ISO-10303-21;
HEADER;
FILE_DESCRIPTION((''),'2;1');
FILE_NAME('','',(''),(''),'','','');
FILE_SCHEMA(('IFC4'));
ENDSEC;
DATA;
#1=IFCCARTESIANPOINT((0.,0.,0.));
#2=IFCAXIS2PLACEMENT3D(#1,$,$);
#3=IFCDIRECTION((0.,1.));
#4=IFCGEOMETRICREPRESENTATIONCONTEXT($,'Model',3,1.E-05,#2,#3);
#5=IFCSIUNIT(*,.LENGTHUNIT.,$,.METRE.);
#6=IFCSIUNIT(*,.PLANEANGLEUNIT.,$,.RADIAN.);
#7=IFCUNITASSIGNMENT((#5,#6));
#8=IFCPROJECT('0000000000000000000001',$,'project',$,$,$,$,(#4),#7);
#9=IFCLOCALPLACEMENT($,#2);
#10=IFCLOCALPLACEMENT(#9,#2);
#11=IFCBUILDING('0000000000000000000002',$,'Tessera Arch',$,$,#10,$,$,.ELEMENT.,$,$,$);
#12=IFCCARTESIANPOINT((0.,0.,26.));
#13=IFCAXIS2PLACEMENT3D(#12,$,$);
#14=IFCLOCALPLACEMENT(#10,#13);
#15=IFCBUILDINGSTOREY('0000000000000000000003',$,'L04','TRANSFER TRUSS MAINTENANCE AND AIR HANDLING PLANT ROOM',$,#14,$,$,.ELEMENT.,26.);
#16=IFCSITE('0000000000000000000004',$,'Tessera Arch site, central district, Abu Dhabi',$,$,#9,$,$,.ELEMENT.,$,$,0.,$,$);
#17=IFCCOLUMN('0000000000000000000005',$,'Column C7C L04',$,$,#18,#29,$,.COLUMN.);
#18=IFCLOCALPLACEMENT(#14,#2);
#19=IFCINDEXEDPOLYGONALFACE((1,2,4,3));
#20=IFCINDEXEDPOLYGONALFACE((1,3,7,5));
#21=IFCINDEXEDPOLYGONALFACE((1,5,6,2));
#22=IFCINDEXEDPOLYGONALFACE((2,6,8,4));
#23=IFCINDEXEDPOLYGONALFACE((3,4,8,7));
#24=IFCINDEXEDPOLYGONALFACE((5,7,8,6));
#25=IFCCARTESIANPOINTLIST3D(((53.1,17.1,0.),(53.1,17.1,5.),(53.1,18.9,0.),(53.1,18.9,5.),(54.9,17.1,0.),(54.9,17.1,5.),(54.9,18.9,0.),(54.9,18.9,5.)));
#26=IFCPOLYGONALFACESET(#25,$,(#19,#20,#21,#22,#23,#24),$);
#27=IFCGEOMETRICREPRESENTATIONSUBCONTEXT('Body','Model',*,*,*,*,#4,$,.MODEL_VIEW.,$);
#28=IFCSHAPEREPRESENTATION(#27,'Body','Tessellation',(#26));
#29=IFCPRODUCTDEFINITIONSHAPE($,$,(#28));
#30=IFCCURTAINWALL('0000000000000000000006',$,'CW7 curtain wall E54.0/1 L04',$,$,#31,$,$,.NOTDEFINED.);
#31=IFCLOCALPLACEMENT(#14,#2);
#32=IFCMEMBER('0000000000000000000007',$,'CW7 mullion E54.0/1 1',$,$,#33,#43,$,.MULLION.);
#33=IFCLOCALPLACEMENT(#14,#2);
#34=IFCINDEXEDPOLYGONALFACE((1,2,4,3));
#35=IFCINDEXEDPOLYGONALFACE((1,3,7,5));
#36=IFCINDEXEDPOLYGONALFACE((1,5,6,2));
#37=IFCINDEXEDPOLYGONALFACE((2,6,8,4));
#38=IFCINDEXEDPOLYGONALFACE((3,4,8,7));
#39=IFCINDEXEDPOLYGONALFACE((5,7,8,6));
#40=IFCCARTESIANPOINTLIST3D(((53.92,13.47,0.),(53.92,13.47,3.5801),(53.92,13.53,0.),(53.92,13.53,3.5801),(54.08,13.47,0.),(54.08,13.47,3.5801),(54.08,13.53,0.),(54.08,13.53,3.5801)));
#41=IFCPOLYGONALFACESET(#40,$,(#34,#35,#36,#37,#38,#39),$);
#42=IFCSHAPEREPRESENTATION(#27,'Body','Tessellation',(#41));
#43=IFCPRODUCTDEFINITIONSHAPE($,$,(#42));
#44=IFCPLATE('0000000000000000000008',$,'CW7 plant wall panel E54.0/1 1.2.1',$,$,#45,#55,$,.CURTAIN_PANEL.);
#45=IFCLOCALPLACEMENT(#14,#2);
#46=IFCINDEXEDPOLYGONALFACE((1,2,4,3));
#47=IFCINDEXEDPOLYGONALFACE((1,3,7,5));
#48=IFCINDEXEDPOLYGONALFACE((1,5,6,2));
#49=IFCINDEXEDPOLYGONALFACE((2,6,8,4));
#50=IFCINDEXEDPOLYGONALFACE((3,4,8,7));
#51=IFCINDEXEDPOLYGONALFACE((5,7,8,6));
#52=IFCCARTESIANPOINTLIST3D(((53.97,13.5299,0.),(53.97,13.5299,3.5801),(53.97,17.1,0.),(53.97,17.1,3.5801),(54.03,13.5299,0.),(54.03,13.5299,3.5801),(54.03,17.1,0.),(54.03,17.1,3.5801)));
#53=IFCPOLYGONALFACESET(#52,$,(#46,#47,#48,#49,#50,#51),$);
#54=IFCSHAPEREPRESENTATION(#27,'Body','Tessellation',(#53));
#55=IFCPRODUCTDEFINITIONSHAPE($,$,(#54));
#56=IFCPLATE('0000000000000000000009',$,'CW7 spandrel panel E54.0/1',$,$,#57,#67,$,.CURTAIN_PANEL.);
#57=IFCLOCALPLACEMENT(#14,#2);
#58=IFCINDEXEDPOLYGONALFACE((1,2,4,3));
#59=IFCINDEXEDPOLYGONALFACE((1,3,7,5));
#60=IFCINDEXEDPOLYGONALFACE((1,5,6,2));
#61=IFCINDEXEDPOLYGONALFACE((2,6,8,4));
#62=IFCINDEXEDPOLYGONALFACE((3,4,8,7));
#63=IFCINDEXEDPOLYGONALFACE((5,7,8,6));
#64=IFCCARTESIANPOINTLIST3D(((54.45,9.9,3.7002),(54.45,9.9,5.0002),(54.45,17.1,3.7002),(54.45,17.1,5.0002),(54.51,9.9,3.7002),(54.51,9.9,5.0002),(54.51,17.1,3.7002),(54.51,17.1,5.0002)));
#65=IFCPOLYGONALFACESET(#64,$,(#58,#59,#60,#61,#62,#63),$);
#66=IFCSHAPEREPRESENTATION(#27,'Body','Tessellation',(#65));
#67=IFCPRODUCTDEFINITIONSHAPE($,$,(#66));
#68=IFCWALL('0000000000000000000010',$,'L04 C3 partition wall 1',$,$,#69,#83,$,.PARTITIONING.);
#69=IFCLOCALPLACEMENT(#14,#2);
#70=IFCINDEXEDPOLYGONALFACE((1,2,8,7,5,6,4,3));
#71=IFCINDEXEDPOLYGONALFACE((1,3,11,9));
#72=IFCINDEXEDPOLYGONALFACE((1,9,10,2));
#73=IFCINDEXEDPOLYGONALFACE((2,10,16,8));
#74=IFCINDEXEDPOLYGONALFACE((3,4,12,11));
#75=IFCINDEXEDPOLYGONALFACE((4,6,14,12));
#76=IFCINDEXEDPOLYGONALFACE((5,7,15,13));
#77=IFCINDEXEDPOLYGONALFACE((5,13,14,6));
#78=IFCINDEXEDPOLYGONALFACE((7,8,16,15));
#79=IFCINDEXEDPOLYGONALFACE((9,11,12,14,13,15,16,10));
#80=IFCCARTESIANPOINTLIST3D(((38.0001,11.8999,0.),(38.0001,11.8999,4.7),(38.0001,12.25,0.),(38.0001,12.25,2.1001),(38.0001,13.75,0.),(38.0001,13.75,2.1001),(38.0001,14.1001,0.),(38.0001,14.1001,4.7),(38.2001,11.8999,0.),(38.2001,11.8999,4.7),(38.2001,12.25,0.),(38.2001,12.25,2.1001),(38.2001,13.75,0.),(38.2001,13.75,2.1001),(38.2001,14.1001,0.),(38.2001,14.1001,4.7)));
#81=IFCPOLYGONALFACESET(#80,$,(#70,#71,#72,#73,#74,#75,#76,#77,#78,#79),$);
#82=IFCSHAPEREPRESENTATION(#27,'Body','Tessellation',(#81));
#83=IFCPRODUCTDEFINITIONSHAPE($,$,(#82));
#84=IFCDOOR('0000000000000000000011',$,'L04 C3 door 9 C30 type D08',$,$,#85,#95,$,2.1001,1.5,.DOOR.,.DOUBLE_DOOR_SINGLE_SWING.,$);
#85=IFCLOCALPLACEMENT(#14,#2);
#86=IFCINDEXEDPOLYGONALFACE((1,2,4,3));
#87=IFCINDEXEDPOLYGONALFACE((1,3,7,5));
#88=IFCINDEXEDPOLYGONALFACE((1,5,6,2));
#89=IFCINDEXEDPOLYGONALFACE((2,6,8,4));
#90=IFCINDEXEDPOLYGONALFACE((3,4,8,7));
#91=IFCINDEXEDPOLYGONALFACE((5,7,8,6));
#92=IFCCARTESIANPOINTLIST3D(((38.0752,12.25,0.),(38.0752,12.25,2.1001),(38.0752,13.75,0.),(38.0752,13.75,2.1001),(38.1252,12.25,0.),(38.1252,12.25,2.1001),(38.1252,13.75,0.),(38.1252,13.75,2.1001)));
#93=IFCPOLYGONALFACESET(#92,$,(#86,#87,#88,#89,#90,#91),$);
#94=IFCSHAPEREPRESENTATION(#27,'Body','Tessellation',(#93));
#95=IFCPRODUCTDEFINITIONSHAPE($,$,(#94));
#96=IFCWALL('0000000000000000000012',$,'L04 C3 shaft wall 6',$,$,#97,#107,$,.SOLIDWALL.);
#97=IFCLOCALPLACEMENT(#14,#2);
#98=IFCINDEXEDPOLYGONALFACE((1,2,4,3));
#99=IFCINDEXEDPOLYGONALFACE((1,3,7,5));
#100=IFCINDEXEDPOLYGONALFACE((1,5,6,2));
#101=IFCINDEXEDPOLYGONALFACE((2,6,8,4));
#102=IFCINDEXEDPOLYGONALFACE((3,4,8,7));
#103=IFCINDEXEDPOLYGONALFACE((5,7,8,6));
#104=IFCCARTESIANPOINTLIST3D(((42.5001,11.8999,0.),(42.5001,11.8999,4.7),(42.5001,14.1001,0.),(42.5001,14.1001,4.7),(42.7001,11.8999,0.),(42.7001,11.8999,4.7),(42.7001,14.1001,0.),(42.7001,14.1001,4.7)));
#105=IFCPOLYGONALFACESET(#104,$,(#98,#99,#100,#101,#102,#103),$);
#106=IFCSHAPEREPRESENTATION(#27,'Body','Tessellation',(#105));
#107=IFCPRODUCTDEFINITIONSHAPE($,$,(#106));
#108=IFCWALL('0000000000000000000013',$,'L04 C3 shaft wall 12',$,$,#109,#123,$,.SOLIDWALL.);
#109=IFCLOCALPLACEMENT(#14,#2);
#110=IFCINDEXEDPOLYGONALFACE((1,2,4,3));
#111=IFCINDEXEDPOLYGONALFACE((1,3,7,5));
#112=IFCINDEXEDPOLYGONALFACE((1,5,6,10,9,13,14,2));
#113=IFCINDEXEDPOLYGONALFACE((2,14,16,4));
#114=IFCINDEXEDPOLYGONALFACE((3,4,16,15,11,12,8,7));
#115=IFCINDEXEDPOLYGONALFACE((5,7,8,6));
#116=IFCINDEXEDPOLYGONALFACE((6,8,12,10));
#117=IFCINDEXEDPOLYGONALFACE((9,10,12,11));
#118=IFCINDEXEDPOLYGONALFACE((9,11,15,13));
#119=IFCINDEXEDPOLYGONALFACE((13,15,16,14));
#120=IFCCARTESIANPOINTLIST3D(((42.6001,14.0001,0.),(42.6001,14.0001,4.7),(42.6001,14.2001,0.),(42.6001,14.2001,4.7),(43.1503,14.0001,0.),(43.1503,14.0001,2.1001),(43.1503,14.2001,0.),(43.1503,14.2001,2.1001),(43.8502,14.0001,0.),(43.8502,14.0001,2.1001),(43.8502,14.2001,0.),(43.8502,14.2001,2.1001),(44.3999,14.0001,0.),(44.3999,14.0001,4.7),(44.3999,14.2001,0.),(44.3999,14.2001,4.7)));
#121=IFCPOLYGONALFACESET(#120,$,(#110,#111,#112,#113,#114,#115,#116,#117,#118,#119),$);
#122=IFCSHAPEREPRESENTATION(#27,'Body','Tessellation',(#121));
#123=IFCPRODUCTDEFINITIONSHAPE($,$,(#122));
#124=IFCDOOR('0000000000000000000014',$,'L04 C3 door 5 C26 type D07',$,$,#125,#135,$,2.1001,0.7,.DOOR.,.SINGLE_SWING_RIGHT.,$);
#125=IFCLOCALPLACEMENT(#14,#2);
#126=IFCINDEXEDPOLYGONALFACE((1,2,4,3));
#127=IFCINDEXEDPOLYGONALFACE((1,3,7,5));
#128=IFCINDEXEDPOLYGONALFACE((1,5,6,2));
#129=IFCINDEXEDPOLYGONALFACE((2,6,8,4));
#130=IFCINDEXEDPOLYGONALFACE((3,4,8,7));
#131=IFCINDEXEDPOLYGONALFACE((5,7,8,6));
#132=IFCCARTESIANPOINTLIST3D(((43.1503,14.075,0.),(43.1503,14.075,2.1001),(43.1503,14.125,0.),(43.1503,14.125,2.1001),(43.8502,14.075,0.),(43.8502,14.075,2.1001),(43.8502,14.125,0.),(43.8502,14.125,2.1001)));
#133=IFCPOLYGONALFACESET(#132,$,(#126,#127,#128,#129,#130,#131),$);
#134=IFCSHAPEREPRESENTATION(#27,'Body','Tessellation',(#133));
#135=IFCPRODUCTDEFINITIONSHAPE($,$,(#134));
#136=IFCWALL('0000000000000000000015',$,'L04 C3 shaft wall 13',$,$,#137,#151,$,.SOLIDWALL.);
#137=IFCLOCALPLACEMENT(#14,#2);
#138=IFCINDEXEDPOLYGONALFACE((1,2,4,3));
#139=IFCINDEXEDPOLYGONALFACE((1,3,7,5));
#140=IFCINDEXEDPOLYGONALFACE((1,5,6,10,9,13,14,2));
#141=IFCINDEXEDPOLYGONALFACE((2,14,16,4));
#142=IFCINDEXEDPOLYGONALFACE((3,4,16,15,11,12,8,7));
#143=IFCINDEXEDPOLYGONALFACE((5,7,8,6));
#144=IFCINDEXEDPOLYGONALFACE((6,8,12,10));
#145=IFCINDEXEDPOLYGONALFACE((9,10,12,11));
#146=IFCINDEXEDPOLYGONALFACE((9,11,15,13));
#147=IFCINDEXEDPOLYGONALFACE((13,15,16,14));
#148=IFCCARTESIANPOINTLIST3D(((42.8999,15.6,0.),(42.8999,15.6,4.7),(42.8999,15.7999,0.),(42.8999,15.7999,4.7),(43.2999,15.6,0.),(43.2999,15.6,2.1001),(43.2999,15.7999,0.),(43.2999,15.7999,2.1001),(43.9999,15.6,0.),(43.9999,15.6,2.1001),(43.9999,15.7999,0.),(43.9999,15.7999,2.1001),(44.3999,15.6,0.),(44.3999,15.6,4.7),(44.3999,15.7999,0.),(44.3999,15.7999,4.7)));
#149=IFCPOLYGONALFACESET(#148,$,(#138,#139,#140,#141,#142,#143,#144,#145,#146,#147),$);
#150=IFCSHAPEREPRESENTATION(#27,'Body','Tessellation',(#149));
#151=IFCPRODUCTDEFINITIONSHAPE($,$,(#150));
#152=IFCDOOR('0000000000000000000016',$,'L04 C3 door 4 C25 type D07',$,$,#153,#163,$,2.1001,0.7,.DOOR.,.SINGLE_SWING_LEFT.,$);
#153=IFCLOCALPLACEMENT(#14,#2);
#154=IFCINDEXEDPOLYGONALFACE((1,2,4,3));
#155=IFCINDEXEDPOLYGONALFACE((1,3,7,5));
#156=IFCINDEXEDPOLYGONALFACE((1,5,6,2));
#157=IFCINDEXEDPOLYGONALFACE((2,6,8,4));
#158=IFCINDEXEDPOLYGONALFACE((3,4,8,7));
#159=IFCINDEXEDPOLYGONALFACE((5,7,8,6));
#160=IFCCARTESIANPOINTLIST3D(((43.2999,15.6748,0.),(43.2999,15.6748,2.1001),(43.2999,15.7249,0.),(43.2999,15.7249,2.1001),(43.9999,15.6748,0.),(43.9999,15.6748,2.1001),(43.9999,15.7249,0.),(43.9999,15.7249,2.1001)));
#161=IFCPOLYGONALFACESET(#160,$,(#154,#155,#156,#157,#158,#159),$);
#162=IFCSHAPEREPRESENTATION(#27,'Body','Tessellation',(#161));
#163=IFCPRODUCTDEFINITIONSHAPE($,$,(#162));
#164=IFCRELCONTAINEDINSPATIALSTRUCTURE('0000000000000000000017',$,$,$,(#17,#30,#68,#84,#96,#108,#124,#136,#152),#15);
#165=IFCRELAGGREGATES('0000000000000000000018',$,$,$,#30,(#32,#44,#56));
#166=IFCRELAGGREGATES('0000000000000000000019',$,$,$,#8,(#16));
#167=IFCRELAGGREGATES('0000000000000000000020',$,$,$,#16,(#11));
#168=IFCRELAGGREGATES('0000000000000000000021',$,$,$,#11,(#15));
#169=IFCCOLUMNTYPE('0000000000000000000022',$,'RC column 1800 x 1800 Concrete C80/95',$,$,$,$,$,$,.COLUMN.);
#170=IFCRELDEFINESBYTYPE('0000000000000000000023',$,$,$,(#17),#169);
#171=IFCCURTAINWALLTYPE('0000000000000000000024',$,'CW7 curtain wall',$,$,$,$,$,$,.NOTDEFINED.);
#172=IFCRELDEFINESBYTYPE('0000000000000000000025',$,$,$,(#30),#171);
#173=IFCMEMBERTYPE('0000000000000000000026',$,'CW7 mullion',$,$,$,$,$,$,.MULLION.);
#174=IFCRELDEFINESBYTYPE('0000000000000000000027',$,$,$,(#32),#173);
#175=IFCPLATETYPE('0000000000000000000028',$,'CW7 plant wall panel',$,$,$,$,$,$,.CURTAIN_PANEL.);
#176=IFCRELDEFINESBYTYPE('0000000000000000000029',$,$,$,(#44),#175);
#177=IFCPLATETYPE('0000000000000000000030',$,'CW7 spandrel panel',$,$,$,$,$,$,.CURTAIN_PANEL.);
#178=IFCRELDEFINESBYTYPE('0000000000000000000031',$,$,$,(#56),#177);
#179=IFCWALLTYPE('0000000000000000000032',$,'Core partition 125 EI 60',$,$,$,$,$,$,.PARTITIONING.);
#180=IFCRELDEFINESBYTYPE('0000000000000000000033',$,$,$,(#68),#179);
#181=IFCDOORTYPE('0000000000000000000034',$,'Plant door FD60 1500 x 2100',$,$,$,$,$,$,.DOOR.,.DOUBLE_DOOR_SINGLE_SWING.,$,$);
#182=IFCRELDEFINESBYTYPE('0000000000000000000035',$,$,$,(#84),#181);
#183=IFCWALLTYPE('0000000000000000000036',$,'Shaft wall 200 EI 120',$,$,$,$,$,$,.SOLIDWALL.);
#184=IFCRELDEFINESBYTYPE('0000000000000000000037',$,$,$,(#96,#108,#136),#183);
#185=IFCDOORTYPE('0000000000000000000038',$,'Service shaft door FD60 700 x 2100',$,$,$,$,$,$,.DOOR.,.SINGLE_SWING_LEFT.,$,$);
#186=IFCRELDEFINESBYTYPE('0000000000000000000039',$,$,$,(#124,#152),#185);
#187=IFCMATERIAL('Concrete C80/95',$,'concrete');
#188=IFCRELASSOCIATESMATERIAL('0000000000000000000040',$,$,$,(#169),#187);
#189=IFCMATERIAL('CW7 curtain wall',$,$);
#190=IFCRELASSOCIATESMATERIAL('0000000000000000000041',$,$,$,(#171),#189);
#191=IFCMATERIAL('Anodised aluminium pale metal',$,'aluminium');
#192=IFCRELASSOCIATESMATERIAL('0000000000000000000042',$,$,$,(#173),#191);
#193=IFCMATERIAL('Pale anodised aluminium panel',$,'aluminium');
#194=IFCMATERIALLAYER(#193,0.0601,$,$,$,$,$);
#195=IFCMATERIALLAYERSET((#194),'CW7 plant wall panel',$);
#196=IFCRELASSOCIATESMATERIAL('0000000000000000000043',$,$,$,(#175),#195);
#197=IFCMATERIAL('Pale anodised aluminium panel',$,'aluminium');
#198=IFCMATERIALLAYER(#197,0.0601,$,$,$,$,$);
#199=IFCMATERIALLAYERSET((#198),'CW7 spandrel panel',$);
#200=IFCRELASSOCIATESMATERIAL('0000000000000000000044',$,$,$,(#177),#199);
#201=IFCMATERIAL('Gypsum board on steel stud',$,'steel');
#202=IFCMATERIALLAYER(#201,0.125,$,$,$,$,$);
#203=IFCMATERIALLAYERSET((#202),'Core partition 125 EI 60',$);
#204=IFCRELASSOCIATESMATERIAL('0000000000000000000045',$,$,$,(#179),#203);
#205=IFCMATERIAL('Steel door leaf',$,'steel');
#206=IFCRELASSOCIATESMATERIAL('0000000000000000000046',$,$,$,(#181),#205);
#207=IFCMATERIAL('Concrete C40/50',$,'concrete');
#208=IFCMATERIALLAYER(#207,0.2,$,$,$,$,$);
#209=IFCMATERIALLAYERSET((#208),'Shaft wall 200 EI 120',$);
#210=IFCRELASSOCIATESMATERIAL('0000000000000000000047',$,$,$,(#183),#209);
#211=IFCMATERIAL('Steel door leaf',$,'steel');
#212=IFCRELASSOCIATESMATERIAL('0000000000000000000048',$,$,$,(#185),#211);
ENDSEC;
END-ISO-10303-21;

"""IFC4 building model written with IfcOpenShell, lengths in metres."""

from ifc_helpers import new_model, si_unit, direction, frame, frame_2d, origin, origin_2d, place, context, subcontext, project, spatial, rectangle, extrude, material, layer, layer_set, material_profile, profile_set, type_object, element, fill, aggregate, save


model = new_model("IFC4")

# Units and contexts
model_context = context("Model", 3, precision=1e-05, world=origin(), true_north=direction((0.0, 1.0)))
body_context = subcontext(model_context, "Body", "Model", "MODEL_VIEW")
ifc_project = project(units=[si_unit("LENGTHUNIT", "METRE"), si_unit("PLANEANGLEUNIT", "RADIAN")], contexts=[model_context])

# Site, building, storey
site_placement = place(None, origin())
site = spatial("IfcSite", under=ifc_project, at=site_placement, Name="Tessera Arch site, central district, Abu Dhabi", CompositionType="ELEMENT", RefElevation=0.0)
building_placement = place(site_placement, origin())
building = spatial("IfcBuilding", under=site, at=building_placement, Name="Tessera Arch", CompositionType="ELEMENT")
storey_placement = place(building_placement, frame((0.0, 0.0, 26.0)))
storey = spatial("IfcBuildingStorey", under=building, at=storey_placement, Name="L04", Description="TRANSFER TRUSS MAINTENANCE AND AIR HANDLING PLANT ROOM", CompositionType="ELEMENT", Elevation=26.0)

# Column
ifc_material_1 = material(Name="Concrete C80/95", Category="concrete")
ifc_material_profile_1 = material_profile(ifc_material_1, rectangle(XDim=1.8, YDim=1.8, at=origin_2d()), Name="RC column 1800 x 1800 Concrete C80/95")
ifc_profile_set_1 = profile_set([ifc_material_profile_1], Name="Concrete C80/95")
column_type = type_object("IfcColumnType", Name="RC column 1800 x 1800 Concrete C80/95", PredefinedType="COLUMN", material=ifc_profile_set_1)
column_placement = place(storey_placement, frame((54.0, 18.0, 0.0), z_axis=(0.0, 0.0, 1.0), x_axis=(1.0, 0.0, 0.0)))
element("IfcColumn", 1, at=column_placement, inside=storey, type_object=column_type, Name="Column C7C L04", PredefinedType="COLUMN", context=body_context, shape_type="SweptSolid", body=[
    extrude(rectangle(XDim=1.8, YDim=1.8, at=origin_2d()), origin(), (0.0, 0.0, 1.0), 5.0),
])

# Curtain wall, member, plates
ifc_material_2 = material(Name="CW7 curtain wall")
curtain_wall_type = type_object("IfcCurtainWallType", Name="CW7 curtain wall", PredefinedType="NOTDEFINED", material=ifc_material_2)
curtain_wall_placement = place(storey_placement, origin())
curtain_wall = element("IfcCurtainWall", 2, at=curtain_wall_placement, inside=storey, type_object=curtain_wall_type, Name="CW7 curtain wall E54.0/1 L04", PredefinedType="NOTDEFINED")
ifc_material_3 = material(Name="Anodised aluminium pale metal", Category="aluminium")
ifc_material_profile_2 = material_profile(ifc_material_3, rectangle(XDim=0.1599, YDim=0.0601, at=origin_2d()), Name="AL 60x160")
ifc_profile_set_2 = profile_set([ifc_material_profile_2], Name="Anodised aluminium pale metal")
member_type = type_object("IfcMemberType", Name="CW7 mullion", PredefinedType="MULLION", material=ifc_profile_set_2)
member_placement = place(storey_placement, frame((54.0, 13.5, 0.0), z_axis=(0.0, 0.0, 1.0), x_axis=(-1.0, 0.0, 0.0)))
member = element("IfcMember", 3, at=member_placement, type_object=member_type, Name="CW7 mullion E54.0/1 1", PredefinedType="MULLION", context=body_context, shape_type="SweptSolid", body=[
    extrude(rectangle(XDim=0.1599, YDim=0.0601, at=origin_2d()), origin(), (0.0, 0.0, 1.0), 3.5801),
])
ifc_material_4 = material(Name="Pale anodised aluminium panel", Category="aluminium")
ifc_layer_1 = layer(ifc_material_4, 0.0601)
ifc_layer_set_1 = layer_set([ifc_layer_1], Name="CW7 plant wall panel")
plate_type_1 = type_object("IfcPlateType", Name="CW7 plant wall panel", PredefinedType="CURTAIN_PANEL", material=ifc_layer_set_1)
plate_1_placement = place(storey_placement, frame((54.0, 15.3149, 0.0), z_axis=(0.0, 0.0, 1.0), x_axis=(0.0, 1.0, 0.0)))
plate_1 = element("IfcPlate", 4, at=plate_1_placement, type_object=plate_type_1, Name="CW7 plant wall panel E54.0/1 1.2.1", PredefinedType="CURTAIN_PANEL", context=body_context, shape_type="SweptSolid", body=[
    extrude(rectangle(XDim=3.5701, YDim=0.0601, at=origin_2d()), origin(), (0.0, 0.0, 1.0), 3.5801),
])
ifc_material_5 = material(Name="Pale anodised aluminium panel", Category="aluminium")
ifc_layer_2 = layer(ifc_material_5, 0.0601)
ifc_layer_set_2 = layer_set([ifc_layer_2], Name="CW7 spandrel panel")
plate_type_2 = type_object("IfcPlateType", Name="CW7 spandrel panel", PredefinedType="CURTAIN_PANEL", material=ifc_layer_set_2)
plate_2_placement = place(storey_placement, frame((54.48, 13.5, 3.7002), z_axis=(0.0, 0.0, 1.0), x_axis=(0.0, 1.0, 0.0)))
plate_2 = element("IfcPlate", 5, at=plate_2_placement, type_object=plate_type_2, Name="CW7 spandrel panel E54.0/1", PredefinedType="CURTAIN_PANEL", context=body_context, shape_type="SweptSolid", body=[
    extrude(rectangle(XDim=7.2, YDim=0.0601, at=origin_2d()), origin(), (0.0, 0.0, 1.0), 1.3),
])
aggregate(curtain_wall, [member, plate_1, plate_2])

# Wall, opening, door
ifc_material_6 = material(Name="Gypsum board on steel stud", Category="steel")
ifc_layer_3 = layer(ifc_material_6, 0.125)
ifc_layer_set_3 = layer_set([ifc_layer_3], Name="Core partition 125 EI 60")
wall_type_1 = type_object("IfcWallType", Name="Core partition 125 EI 60", PredefinedType="PARTITIONING", material=ifc_layer_set_3)
wall_1_placement = place(storey_placement, frame((38.1001, 11.8999, 0.0), z_axis=(0.0, 0.0, 1.0), x_axis=(0.0, 1.0, 0.0)))
wall_1 = element("IfcWall", 6, at=wall_1_placement, inside=storey, type_object=wall_type_1, Name="L04 C3 partition wall 1", PredefinedType="PARTITIONING", context=body_context, shape_type="SweptSolid", body=[
    extrude(rectangle(XDim=2.2002, YDim=0.2, at=frame_2d((1.1001, 0.0))), origin(), (0.0, 0.0, 1.0), 4.7),
])
opening_1_placement = place(wall_1_placement, frame((0.3501, 0.0, 0.0)))
opening_1 = element("IfcOpeningElement", 7, at=opening_1_placement, cuts=wall_1, PredefinedType="OPENING", context=body_context, shape_type="SweptSolid", body=[
    extrude(rectangle(XDim=1.5, YDim=2.1001, at=frame_2d((0.75, 1.05))), frame((0.0, 0.1099, 0.0), z_axis=(0.0, -1.0, 0.0), x_axis=(1.0, 0.0, 0.0)), (0.0, 0.0, 1.0), 0.22),
])
ifc_material_7 = material(Name="Steel door leaf", Category="steel")
door_type_1 = type_object("IfcDoorType", Name="Plant door FD60 1500 x 2100", OperationType="DOUBLE_DOOR_SINGLE_SWING", PredefinedType="DOOR", material=ifc_material_7)
door_1_placement = place(opening_1_placement, origin())
door_1 = element("IfcDoor", 8, at=door_1_placement, inside=storey, type_object=door_type_1, Name="L04 C3 door 9 C30 type D08", OperationType="DOUBLE_DOOR_SINGLE_SWING", OverallHeight=2.1001, OverallWidth=1.5, PredefinedType="DOOR", context=body_context, shape_type="SweptSolid", body=[
    extrude(rectangle(XDim=1.5, YDim=2.1001, at=frame_2d((0.75, 1.05))), frame((0.0, 0.0249, 0.0), z_axis=(0.0, -1.0, 0.0), x_axis=(1.0, 0.0, 0.0)), (0.0, 0.0, 1.0), 0.05),
])
fill(opening_1, door_1)

# Wall
ifc_material_8 = material(Name="Concrete C40/50", Category="concrete")
ifc_layer_4 = layer(ifc_material_8, 0.2)
ifc_layer_set_4 = layer_set([ifc_layer_4], Name="Shaft wall 200 EI 120")
wall_type_2 = type_object("IfcWallType", Name="Shaft wall 200 EI 120", PredefinedType="SOLIDWALL", material=ifc_layer_set_4)
wall_2_placement = place(storey_placement, frame((42.6001, 11.8999, 0.0), z_axis=(0.0, 0.0, 1.0), x_axis=(0.0, 1.0, 0.0)))
element("IfcWall", 9, at=wall_2_placement, inside=storey, type_object=wall_type_2, Name="L04 C3 shaft wall 6", PredefinedType="SOLIDWALL", context=body_context, shape_type="SweptSolid", body=[
    extrude(rectangle(XDim=2.2002, YDim=0.2, at=frame_2d((1.1001, 0.0))), origin(), (0.0, 0.0, 1.0), 4.7),
])

# Walls, openings, doors
wall_3_placement = place(storey_placement, frame((42.6001, 14.1001, 0.0), z_axis=(0.0, 0.0, 1.0), x_axis=(1.0, 0.0, 0.0)))
wall_3 = element("IfcWall", 10, at=wall_3_placement, inside=storey, type_object=wall_type_2, Name="L04 C3 shaft wall 12", PredefinedType="SOLIDWALL", context=body_context, shape_type="SweptSolid", body=[
    extrude(rectangle(XDim=1.7998, YDim=0.2, at=frame_2d((0.8999, 0.0))), origin(), (0.0, 0.0, 1.0), 4.7),
])
opening_2_placement = place(wall_3_placement, frame((0.55, 0.0, 0.0)))
opening_2 = element("IfcOpeningElement", 11, at=opening_2_placement, cuts=wall_3, PredefinedType="OPENING", context=body_context, shape_type="SweptSolid", body=[
    extrude(rectangle(XDim=0.7, YDim=2.1001, at=frame_2d((0.3501, 1.05))), frame((0.0, 0.1099, 0.0), z_axis=(0.0, -1.0, 0.0), x_axis=(1.0, 0.0, 0.0)), (0.0, 0.0, 1.0), 0.22),
])
ifc_material_9 = material(Name="Steel door leaf", Category="steel")
door_type_2 = type_object("IfcDoorType", Name="Service shaft door FD60 700 x 2100", OperationType="SINGLE_SWING_LEFT", PredefinedType="DOOR", material=ifc_material_9)
door_2_placement = place(opening_2_placement, origin())
door_2 = element("IfcDoor", 12, at=door_2_placement, inside=storey, type_object=door_type_2, Name="L04 C3 door 5 C26 type D07", OperationType="SINGLE_SWING_RIGHT", OverallHeight=2.1001, OverallWidth=0.7, PredefinedType="DOOR", context=body_context, shape_type="SweptSolid", body=[
    extrude(rectangle(XDim=0.7, YDim=2.1001, at=frame_2d((0.3501, 1.05))), frame((0.0, 0.0249, 0.0), z_axis=(0.0, -1.0, 0.0), x_axis=(1.0, 0.0, 0.0)), (0.0, 0.0, 1.0), 0.05),
])
fill(opening_2, door_2)
wall_4_placement = place(storey_placement, frame((42.8999, 15.7, 0.0), z_axis=(0.0, 0.0, 1.0), x_axis=(1.0, 0.0, 0.0)))
wall_4 = element("IfcWall", 13, at=wall_4_placement, inside=storey, type_object=wall_type_2, Name="L04 C3 shaft wall 13", PredefinedType="SOLIDWALL", context=body_context, shape_type="SweptSolid", body=[
    extrude(rectangle(XDim=1.5, YDim=0.2, at=frame_2d((0.75, 0.0))), origin(), (0.0, 0.0, 1.0), 4.7),
])
opening_3_placement = place(wall_4_placement, frame((0.3999, 0.0, 0.0)))
opening_3 = element("IfcOpeningElement", 14, at=opening_3_placement, cuts=wall_4, PredefinedType="OPENING", context=body_context, shape_type="SweptSolid", body=[
    extrude(rectangle(XDim=0.7, YDim=2.1001, at=frame_2d((0.3501, 1.05))), frame((0.0, 0.1099, 0.0), z_axis=(0.0, -1.0, 0.0), x_axis=(1.0, 0.0, 0.0)), (0.0, 0.0, 1.0), 0.22),
])
door_3_placement = place(opening_3_placement, origin())
door_3 = element("IfcDoor", 15, at=door_3_placement, inside=storey, type_object=door_type_2, Name="L04 C3 door 4 C25 type D07", OperationType="SINGLE_SWING_LEFT", OverallHeight=2.1001, OverallWidth=0.7, PredefinedType="DOOR", context=body_context, shape_type="SweptSolid", body=[
    extrude(rectangle(XDim=0.7, YDim=2.1001, at=frame_2d((0.3501, 1.05))), frame((0.0, 0.0249, 0.0), z_axis=(0.0, -1.0, 0.0), x_axis=(1.0, 0.0, 0.0)), (0.0, 0.0, 1.0), 0.05),
])
fill(opening_3, door_3)

save(model, "model.ifc")
